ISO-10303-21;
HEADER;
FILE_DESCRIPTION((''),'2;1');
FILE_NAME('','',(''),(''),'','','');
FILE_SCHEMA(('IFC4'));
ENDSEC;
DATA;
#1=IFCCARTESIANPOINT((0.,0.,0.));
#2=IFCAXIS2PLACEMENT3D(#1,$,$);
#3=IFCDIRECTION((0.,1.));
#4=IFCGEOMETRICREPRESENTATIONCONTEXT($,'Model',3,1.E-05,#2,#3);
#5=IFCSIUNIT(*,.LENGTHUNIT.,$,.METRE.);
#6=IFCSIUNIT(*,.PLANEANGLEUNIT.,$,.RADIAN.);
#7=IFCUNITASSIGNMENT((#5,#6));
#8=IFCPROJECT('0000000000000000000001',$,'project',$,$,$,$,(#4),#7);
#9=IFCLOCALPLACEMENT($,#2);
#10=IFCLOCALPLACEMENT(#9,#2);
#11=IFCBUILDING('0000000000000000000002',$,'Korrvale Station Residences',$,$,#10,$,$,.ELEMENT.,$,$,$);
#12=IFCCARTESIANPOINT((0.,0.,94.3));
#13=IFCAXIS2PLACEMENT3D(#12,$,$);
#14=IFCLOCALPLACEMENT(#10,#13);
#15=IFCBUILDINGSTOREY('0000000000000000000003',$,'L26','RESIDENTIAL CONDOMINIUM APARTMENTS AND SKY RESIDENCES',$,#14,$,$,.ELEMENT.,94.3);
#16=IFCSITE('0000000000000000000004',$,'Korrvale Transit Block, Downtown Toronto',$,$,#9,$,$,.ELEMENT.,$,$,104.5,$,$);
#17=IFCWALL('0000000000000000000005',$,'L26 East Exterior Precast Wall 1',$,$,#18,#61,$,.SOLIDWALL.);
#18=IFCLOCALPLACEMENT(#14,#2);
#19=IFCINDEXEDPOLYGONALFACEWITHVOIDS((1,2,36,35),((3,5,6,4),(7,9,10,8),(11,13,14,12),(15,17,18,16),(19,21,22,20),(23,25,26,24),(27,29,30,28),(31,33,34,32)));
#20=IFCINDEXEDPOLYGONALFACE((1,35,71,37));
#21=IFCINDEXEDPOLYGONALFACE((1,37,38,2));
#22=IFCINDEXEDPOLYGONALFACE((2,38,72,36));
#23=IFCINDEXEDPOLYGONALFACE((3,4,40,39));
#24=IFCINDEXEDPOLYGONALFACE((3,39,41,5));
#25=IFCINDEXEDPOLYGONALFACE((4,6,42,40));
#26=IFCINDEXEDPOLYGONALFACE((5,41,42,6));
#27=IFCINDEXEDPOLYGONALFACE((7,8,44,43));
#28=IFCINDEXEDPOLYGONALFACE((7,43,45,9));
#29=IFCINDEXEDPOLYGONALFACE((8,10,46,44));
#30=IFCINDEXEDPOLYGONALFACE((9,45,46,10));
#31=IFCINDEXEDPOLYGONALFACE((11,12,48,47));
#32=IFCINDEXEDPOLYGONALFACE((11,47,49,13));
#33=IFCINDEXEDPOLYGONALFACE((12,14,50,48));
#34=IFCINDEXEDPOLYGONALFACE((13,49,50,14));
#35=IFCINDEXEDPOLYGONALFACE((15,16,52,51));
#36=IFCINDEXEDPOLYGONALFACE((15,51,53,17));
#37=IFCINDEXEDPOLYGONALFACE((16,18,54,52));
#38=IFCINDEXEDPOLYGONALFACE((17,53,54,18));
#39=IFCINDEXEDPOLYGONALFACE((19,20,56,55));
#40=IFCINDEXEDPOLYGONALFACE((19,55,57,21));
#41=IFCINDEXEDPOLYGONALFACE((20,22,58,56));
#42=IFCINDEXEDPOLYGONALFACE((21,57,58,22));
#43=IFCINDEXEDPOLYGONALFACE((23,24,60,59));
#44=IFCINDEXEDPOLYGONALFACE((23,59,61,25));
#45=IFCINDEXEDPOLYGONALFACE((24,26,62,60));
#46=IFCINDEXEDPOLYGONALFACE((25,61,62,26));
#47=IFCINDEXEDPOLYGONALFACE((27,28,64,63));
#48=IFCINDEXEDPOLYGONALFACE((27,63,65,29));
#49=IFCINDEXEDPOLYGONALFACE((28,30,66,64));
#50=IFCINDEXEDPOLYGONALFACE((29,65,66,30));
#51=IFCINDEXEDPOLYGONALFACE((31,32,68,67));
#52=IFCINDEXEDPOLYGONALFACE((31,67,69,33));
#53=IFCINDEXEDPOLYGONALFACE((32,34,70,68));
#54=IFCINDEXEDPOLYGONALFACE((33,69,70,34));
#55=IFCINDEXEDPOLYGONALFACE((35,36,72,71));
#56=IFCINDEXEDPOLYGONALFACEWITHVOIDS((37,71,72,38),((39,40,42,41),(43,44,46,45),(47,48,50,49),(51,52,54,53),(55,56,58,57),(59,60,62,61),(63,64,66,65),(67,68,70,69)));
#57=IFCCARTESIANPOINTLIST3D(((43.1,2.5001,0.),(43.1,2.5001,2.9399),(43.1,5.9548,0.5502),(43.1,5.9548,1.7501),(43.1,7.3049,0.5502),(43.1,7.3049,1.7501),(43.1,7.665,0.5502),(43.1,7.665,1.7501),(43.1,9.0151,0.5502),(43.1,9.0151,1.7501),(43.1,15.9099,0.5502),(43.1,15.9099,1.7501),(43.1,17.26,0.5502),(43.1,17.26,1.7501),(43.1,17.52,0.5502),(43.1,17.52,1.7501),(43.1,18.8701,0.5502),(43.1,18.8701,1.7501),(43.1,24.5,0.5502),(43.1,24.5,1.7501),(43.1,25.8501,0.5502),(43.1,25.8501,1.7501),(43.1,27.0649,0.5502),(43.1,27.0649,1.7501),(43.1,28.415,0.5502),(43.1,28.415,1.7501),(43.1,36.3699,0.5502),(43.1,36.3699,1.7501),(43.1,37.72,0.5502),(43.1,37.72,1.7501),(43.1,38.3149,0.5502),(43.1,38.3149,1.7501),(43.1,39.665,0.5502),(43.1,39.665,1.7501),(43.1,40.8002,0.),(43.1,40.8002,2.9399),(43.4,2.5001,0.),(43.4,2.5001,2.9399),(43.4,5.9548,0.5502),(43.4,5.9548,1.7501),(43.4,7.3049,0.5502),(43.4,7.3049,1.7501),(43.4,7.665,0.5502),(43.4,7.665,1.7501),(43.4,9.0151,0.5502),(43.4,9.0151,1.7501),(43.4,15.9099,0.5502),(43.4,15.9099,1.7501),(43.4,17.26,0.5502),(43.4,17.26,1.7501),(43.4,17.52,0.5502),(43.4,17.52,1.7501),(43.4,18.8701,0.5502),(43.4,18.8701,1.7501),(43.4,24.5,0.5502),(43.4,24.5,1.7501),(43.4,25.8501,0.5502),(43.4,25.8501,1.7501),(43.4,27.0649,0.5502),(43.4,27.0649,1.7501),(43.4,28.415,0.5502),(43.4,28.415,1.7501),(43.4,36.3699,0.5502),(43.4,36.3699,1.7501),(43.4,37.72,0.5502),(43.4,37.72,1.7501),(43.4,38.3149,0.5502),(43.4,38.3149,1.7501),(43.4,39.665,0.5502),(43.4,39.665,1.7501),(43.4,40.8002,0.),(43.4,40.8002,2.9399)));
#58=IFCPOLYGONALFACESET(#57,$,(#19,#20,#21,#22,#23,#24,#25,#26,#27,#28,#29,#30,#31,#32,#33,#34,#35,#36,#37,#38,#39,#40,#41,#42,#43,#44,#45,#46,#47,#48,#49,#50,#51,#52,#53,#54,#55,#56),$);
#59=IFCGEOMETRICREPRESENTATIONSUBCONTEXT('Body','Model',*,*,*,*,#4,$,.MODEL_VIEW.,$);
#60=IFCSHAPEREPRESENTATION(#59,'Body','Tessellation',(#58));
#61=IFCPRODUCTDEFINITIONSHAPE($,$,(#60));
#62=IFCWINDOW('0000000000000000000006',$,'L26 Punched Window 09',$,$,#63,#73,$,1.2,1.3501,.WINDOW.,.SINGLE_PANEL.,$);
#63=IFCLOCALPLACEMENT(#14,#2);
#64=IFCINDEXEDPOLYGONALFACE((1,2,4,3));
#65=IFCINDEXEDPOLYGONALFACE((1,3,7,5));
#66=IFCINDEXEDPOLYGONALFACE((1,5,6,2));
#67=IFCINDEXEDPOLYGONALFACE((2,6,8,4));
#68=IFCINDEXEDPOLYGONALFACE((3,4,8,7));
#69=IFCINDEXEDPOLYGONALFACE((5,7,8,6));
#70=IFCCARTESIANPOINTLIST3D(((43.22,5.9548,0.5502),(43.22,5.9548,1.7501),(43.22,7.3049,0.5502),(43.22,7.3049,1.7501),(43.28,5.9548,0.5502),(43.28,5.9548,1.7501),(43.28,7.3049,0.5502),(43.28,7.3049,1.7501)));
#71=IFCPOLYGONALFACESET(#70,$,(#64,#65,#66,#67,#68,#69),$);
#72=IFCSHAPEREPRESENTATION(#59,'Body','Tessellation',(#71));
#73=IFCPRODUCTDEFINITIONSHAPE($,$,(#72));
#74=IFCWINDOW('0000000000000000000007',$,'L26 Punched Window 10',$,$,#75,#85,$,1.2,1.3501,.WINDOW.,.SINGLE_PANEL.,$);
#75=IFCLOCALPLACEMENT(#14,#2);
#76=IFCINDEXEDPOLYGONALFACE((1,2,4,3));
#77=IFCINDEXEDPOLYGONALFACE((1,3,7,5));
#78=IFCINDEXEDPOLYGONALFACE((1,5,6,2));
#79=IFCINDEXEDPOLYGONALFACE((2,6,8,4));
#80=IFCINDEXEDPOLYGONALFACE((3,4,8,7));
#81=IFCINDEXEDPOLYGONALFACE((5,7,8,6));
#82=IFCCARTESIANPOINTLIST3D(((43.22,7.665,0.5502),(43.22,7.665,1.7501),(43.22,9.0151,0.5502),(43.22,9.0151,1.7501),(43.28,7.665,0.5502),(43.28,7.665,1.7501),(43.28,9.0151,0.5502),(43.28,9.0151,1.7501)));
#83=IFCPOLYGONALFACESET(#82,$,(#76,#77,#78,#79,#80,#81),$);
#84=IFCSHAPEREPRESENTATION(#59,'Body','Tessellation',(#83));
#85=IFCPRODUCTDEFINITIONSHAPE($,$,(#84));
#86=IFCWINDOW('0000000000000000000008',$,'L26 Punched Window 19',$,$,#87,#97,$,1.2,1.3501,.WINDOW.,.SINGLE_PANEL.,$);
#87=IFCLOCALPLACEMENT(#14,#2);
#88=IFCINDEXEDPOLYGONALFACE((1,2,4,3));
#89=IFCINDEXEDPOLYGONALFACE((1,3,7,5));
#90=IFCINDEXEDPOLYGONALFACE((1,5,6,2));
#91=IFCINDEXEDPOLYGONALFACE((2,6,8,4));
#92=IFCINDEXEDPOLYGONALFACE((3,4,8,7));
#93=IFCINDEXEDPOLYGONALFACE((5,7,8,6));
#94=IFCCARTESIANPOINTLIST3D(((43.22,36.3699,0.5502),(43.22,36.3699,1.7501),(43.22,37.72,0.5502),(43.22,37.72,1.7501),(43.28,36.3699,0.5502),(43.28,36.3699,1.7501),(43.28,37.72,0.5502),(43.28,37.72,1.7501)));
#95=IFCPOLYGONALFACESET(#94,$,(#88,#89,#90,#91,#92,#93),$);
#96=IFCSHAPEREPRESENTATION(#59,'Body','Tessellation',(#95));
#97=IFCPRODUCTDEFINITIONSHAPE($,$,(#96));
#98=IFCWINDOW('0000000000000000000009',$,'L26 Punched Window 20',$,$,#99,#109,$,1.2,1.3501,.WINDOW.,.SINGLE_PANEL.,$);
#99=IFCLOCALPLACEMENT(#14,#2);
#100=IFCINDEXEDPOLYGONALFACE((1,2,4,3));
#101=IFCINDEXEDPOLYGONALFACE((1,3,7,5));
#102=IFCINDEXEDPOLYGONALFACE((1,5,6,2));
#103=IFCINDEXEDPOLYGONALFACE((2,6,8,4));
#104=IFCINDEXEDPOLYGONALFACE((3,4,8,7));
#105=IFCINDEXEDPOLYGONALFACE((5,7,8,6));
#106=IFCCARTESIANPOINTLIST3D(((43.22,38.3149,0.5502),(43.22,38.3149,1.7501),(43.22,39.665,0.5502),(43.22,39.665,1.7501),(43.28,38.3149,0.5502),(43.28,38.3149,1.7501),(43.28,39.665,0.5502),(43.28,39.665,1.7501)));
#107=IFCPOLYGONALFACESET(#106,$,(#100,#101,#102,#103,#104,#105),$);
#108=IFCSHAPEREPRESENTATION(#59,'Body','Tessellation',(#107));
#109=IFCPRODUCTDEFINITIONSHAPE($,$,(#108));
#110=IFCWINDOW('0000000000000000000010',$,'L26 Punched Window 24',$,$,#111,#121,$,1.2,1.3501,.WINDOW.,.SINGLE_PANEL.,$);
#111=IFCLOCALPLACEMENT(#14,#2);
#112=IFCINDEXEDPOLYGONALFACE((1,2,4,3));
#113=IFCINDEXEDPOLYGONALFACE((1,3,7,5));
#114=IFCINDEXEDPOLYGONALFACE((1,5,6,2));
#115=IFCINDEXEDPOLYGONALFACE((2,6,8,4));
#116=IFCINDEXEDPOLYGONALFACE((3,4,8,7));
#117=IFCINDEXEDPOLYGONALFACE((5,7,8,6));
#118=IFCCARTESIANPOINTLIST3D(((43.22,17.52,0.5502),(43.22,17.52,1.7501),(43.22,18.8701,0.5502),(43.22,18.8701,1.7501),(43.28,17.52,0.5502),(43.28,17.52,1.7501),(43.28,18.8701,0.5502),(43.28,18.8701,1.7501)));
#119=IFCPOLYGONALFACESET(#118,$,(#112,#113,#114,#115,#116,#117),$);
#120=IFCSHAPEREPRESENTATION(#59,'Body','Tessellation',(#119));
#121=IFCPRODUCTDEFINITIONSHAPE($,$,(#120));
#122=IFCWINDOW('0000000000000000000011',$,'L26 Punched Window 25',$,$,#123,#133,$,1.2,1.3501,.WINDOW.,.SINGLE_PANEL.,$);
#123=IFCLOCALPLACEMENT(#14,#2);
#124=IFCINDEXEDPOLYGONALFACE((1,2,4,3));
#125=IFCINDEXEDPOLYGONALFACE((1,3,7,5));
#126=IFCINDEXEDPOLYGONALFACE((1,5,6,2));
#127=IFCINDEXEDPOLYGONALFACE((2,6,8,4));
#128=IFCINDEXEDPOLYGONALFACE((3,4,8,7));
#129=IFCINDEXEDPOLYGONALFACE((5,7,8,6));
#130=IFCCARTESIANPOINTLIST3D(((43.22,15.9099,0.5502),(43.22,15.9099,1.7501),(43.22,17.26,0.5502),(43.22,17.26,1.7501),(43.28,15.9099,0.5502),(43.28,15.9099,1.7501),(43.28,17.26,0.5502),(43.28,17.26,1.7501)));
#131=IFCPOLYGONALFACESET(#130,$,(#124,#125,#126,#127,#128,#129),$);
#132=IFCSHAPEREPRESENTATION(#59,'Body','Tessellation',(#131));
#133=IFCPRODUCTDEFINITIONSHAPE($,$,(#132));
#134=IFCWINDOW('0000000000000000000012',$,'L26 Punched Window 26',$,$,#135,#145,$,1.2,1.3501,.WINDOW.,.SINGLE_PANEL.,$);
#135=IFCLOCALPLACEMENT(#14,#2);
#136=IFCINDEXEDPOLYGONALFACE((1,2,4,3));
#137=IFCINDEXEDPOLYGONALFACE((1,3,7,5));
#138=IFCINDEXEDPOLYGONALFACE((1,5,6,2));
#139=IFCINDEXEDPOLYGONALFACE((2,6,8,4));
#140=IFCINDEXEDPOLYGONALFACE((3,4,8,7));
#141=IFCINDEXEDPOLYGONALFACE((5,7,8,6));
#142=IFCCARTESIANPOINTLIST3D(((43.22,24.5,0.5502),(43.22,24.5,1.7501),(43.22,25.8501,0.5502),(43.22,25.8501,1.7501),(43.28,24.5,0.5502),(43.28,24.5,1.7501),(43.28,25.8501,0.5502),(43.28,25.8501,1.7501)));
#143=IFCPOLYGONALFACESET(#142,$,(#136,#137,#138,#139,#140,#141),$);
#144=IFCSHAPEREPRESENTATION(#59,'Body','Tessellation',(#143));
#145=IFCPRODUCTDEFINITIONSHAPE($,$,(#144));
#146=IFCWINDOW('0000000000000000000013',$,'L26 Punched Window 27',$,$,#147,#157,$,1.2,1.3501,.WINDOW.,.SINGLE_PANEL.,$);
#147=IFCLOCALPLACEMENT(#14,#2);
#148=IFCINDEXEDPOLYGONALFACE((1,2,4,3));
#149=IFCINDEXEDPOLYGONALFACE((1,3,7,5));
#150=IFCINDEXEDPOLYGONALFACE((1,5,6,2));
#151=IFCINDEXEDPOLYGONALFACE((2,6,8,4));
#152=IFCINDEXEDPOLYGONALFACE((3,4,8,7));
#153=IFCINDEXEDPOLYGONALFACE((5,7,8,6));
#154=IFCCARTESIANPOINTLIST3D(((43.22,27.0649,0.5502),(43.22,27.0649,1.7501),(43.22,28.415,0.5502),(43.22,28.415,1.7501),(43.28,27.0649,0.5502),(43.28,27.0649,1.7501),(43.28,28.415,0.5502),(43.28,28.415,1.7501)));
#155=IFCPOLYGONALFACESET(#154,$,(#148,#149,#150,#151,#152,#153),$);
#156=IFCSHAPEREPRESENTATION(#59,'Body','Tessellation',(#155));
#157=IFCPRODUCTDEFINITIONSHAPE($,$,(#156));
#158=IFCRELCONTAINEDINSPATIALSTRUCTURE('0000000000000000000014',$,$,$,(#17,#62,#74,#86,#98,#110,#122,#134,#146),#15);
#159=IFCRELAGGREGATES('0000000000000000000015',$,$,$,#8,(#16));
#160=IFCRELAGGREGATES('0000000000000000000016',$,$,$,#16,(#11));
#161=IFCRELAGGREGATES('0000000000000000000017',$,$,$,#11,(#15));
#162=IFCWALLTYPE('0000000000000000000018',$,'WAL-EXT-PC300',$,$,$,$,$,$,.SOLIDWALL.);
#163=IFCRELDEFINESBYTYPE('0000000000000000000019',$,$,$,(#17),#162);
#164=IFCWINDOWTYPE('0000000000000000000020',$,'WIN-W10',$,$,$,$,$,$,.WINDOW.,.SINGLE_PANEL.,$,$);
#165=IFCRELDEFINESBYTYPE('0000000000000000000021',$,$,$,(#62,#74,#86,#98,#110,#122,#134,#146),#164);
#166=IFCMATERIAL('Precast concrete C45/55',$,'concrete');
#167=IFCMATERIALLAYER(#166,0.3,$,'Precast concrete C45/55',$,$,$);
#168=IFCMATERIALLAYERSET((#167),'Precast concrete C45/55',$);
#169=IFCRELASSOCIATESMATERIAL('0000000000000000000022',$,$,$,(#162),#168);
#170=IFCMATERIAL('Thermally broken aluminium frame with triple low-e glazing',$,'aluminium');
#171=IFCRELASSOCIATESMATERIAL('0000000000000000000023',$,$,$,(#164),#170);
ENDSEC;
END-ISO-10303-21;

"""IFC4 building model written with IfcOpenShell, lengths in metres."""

from ifc_helpers import new_model, si_unit, direction, frame, frame_2d, origin, place, context, subcontext, project, spatial, rectangle, extrude, material, layer, layer_set, type_object, element, fill, save


model = new_model("IFC4")

# Units and contexts
model_context = context("Model", 3, precision=1e-05, world=origin(), true_north=direction((0.0, 1.0)))
body_context = subcontext(model_context, "Body", "Model", "MODEL_VIEW")
ifc_project = project(units=[si_unit("LENGTHUNIT", "METRE"), si_unit("PLANEANGLEUNIT", "RADIAN")], contexts=[model_context])

# Site, building, storey
site_placement = place(None, origin())
site = spatial("IfcSite", under=ifc_project, at=site_placement, Name="Korrvale Transit Block, Downtown Toronto", CompositionType="ELEMENT", RefElevation=104.5)
building_placement = place(site_placement, origin())
building = spatial("IfcBuilding", under=site, at=building_placement, Name="Korrvale Station Residences", CompositionType="ELEMENT")
storey_placement = place(building_placement, frame((0.0, 0.0, 94.3)))
storey = spatial("IfcBuildingStorey", under=building, at=storey_placement, Name="L26", Description="RESIDENTIAL CONDOMINIUM APARTMENTS AND SKY RESIDENCES", CompositionType="ELEMENT", Elevation=94.3)

# Shared definitions
ifc_material_1 = material(Name="Precast concrete C45/55", Category="concrete")
ifc_layer_1 = layer(ifc_material_1, 0.3, Name="Precast concrete C45/55")
ifc_layer_set_1 = layer_set([ifc_layer_1], Name="Precast concrete C45/55")
wall_type_1 = type_object("IfcWallType", Name="WAL-EXT-PC300", PredefinedType="SOLIDWALL", material=ifc_layer_set_1)

# Wall, openings, windows
wall_1_placement = place(storey_placement, frame((43.25, 40.8, 0.0), z_axis=(0.0, 0.0, 1.0), x_axis=(0.0, -1.0, 0.0)))
wall_1 = element("IfcWall", 1, at=wall_1_placement, inside=storey, type_object=wall_type_1, Name="L26 East Exterior Precast Wall 1", PredefinedType="SOLIDWALL", context=body_context, shape_type="SweptSolid", body=[
    extrude(rectangle(XDim=38.3, YDim=0.3, at=frame_2d((19.1499, 0.0))), origin(), (0.0, 0.0, 1.0), 2.9399),
])
opening_1_placement = place(wall_1_placement, frame((33.4951, 0.0, 0.55)))
opening_1 = element("IfcOpeningElement", 2, at=opening_1_placement, cuts=wall_1, PredefinedType="OPENING", context=body_context, shape_type="SweptSolid", body=[
    extrude(rectangle(XDim=1.3501, YDim=1.2, at=frame_2d((0.675, 0.6001))), frame((0.0, 0.1602, 0.0), z_axis=(0.0, -1.0, 0.0), x_axis=(1.0, 0.0, 0.0)), (0.0, 0.0, 1.0), 0.3201),
])
opening_2_placement = place(wall_1_placement, frame((31.7849, 0.0, 0.55)))
opening_2 = element("IfcOpeningElement", 3, at=opening_2_placement, cuts=wall_1, PredefinedType="OPENING", context=body_context, shape_type="SweptSolid", body=[
    extrude(rectangle(XDim=1.3501, YDim=1.2, at=frame_2d((0.675, 0.6001))), frame((0.0, 0.1602, 0.0), z_axis=(0.0, -1.0, 0.0), x_axis=(1.0, 0.0, 0.0)), (0.0, 0.0, 1.0), 0.3201),
])
opening_3_placement = place(wall_1_placement, frame((3.0801, 0.0, 0.55)))
opening_3 = element("IfcOpeningElement", 4, at=opening_3_placement, cuts=wall_1, PredefinedType="OPENING", context=body_context, shape_type="SweptSolid", body=[
    extrude(rectangle(XDim=1.3501, YDim=1.2, at=frame_2d((0.675, 0.6001))), frame((0.0, 0.1602, 0.0), z_axis=(0.0, -1.0, 0.0), x_axis=(1.0, 0.0, 0.0)), (0.0, 0.0, 1.0), 0.3201),
])
opening_4_placement = place(wall_1_placement, frame((1.135, 0.0, 0.55)))
opening_4 = element("IfcOpeningElement", 5, at=opening_4_placement, cuts=wall_1, PredefinedType="OPENING", context=body_context, shape_type="SweptSolid", body=[
    extrude(rectangle(XDim=1.3501, YDim=1.2, at=frame_2d((0.675, 0.6001))), frame((0.0, 0.1602, 0.0), z_axis=(0.0, -1.0, 0.0), x_axis=(1.0, 0.0, 0.0)), (0.0, 0.0, 1.0), 0.3201),
])
opening_5_placement = place(wall_1_placement, frame((21.9299, 0.0, 0.55)))
opening_5 = element("IfcOpeningElement", 6, at=opening_5_placement, cuts=wall_1, PredefinedType="OPENING", context=body_context, shape_type="SweptSolid", body=[
    extrude(rectangle(XDim=1.3501, YDim=1.2, at=frame_2d((0.675, 0.6001))), frame((0.0, 0.1602, 0.0), z_axis=(0.0, -1.0, 0.0), x_axis=(1.0, 0.0, 0.0)), (0.0, 0.0, 1.0), 0.3201),
])
opening_6_placement = place(wall_1_placement, frame((23.54, 0.0, 0.55)))
opening_6 = element("IfcOpeningElement", 7, at=opening_6_placement, cuts=wall_1, PredefinedType="OPENING", context=body_context, shape_type="SweptSolid", body=[
    extrude(rectangle(XDim=1.3501, YDim=1.2, at=frame_2d((0.675, 0.6001))), frame((0.0, 0.1602, 0.0), z_axis=(0.0, -1.0, 0.0), x_axis=(1.0, 0.0, 0.0)), (0.0, 0.0, 1.0), 0.3201),
])
opening_7_placement = place(wall_1_placement, frame((14.95, 0.0, 0.55)))
opening_7 = element("IfcOpeningElement", 8, at=opening_7_placement, cuts=wall_1, PredefinedType="OPENING", context=body_context, shape_type="SweptSolid", body=[
    extrude(rectangle(XDim=1.3501, YDim=1.2, at=frame_2d((0.675, 0.6001))), frame((0.0, 0.1602, 0.0), z_axis=(0.0, -1.0, 0.0), x_axis=(1.0, 0.0, 0.0)), (0.0, 0.0, 1.0), 0.3201),
])
opening_8_placement = place(wall_1_placement, frame((12.385, 0.0, 0.55)))
opening_8 = element("IfcOpeningElement", 9, at=opening_8_placement, cuts=wall_1, PredefinedType="OPENING", context=body_context, shape_type="SweptSolid", body=[
    extrude(rectangle(XDim=1.3501, YDim=1.2, at=frame_2d((0.675, 0.6001))), frame((0.0, 0.1602, 0.0), z_axis=(0.0, -1.0, 0.0), x_axis=(1.0, 0.0, 0.0)), (0.0, 0.0, 1.0), 0.3201),
])
ifc_material_2 = material(Name="Thermally broken aluminium frame with triple low-e glazing", Category="aluminium")
window_type = type_object("IfcWindowType", Name="WIN-W10", PartitioningType="SINGLE_PANEL", PredefinedType="WINDOW", material=ifc_material_2)
window_1_placement = place(opening_1_placement, origin())
window_1 = element("IfcWindow", 10, at=window_1_placement, inside=storey, type_object=window_type, Name="L26 Punched Window 09", OverallHeight=1.2, OverallWidth=1.3501, PartitioningType="SINGLE_PANEL", PredefinedType="WINDOW", context=body_context, shape_type="SweptSolid", body=[
    extrude(rectangle(XDim=1.3501, YDim=1.2, at=frame_2d((0.675, 0.6001))), frame((0.0, 0.03, 0.0), z_axis=(0.0, -1.0, 0.0), x_axis=(1.0, 0.0, 0.0)), (0.0, 0.0, 1.0), 0.0601),
])
fill(opening_1, window_1)
window_2_placement = place(opening_2_placement, origin())
window_2 = element("IfcWindow", 11, at=window_2_placement, inside=storey, type_object=window_type, Name="L26 Punched Window 10", OverallHeight=1.2, OverallWidth=1.3501, PartitioningType="SINGLE_PANEL", PredefinedType="WINDOW", context=body_context, shape_type="SweptSolid", body=[
    extrude(rectangle(XDim=1.3501, YDim=1.2, at=frame_2d((0.675, 0.6001))), frame((0.0, 0.03, 0.0), z_axis=(0.0, -1.0, 0.0), x_axis=(1.0, 0.0, 0.0)), (0.0, 0.0, 1.0), 0.0601),
])
fill(opening_2, window_2)
window_3_placement = place(opening_3_placement, origin())
window_3 = element("IfcWindow", 12, at=window_3_placement, inside=storey, type_object=window_type, Name="L26 Punched Window 19", OverallHeight=1.2, OverallWidth=1.3501, PartitioningType="SINGLE_PANEL", PredefinedType="WINDOW", context=body_context, shape_type="SweptSolid", body=[
    extrude(rectangle(XDim=1.3501, YDim=1.2, at=frame_2d((0.675, 0.6001))), frame((0.0, 0.03, 0.0), z_axis=(0.0, -1.0, 0.0), x_axis=(1.0, 0.0, 0.0)), (0.0, 0.0, 1.0), 0.0601),
])
fill(opening_3, window_3)
window_4_placement = place(opening_4_placement, origin())
window_4 = element("IfcWindow", 13, at=window_4_placement, inside=storey, type_object=window_type, Name="L26 Punched Window 20", OverallHeight=1.2, OverallWidth=1.3501, PartitioningType="SINGLE_PANEL", PredefinedType="WINDOW", context=body_context, shape_type="SweptSolid", body=[
    extrude(rectangle(XDim=1.3501, YDim=1.2, at=frame_2d((0.675, 0.6001))), frame((0.0, 0.03, 0.0), z_axis=(0.0, -1.0, 0.0), x_axis=(1.0, 0.0, 0.0)), (0.0, 0.0, 1.0), 0.0601),
])
fill(opening_4, window_4)
window_5_placement = place(opening_5_placement, origin())
window_5 = element("IfcWindow", 14, at=window_5_placement, inside=storey, type_object=window_type, Name="L26 Punched Window 24", OverallHeight=1.2, OverallWidth=1.3501, PartitioningType="SINGLE_PANEL", PredefinedType="WINDOW", context=body_context, shape_type="SweptSolid", body=[
    extrude(rectangle(XDim=1.3501, YDim=1.2, at=frame_2d((0.675, 0.6001))), frame((0.0, 0.03, 0.0), z_axis=(0.0, -1.0, 0.0), x_axis=(1.0, 0.0, 0.0)), (0.0, 0.0, 1.0), 0.0601),
])
fill(opening_5, window_5)
window_6_placement = place(opening_6_placement, origin())
window_6 = element("IfcWindow", 15, at=window_6_placement, inside=storey, type_object=window_type, Name="L26 Punched Window 25", OverallHeight=1.2, OverallWidth=1.3501, PartitioningType="SINGLE_PANEL", PredefinedType="WINDOW", context=body_context, shape_type="SweptSolid", body=[
    extrude(rectangle(XDim=1.3501, YDim=1.2, at=frame_2d((0.675, 0.6001))), frame((0.0, 0.03, 0.0), z_axis=(0.0, -1.0, 0.0), x_axis=(1.0, 0.0, 0.0)), (0.0, 0.0, 1.0), 0.0601),
])
fill(opening_6, window_6)
window_7_placement = place(opening_7_placement, origin())
window_7 = element("IfcWindow", 16, at=window_7_placement, inside=storey, type_object=window_type, Name="L26 Punched Window 26", OverallHeight=1.2, OverallWidth=1.3501, PartitioningType="SINGLE_PANEL", PredefinedType="WINDOW", context=body_context, shape_type="SweptSolid", body=[
    extrude(rectangle(XDim=1.3501, YDim=1.2, at=frame_2d((0.675, 0.6001))), frame((0.0, 0.03, 0.0), z_axis=(0.0, -1.0, 0.0), x_axis=(1.0, 0.0, 0.0)), (0.0, 0.0, 1.0), 0.0601),
])
fill(opening_7, window_7)
window_8_placement = place(opening_8_placement, origin())
window_8 = element("IfcWindow", 17, at=window_8_placement, inside=storey, type_object=window_type, Name="L26 Punched Window 27", OverallHeight=1.2, OverallWidth=1.3501, PartitioningType="SINGLE_PANEL", PredefinedType="WINDOW", context=body_context, shape_type="SweptSolid", body=[
    extrude(rectangle(XDim=1.3501, YDim=1.2, at=frame_2d((0.675, 0.6001))), frame((0.0, 0.03, 0.0), z_axis=(0.0, -1.0, 0.0), x_axis=(1.0, 0.0, 0.0)), (0.0, 0.0, 1.0), 0.0601),
])
fill(opening_8, window_8)

save(model, "model.ifc")
